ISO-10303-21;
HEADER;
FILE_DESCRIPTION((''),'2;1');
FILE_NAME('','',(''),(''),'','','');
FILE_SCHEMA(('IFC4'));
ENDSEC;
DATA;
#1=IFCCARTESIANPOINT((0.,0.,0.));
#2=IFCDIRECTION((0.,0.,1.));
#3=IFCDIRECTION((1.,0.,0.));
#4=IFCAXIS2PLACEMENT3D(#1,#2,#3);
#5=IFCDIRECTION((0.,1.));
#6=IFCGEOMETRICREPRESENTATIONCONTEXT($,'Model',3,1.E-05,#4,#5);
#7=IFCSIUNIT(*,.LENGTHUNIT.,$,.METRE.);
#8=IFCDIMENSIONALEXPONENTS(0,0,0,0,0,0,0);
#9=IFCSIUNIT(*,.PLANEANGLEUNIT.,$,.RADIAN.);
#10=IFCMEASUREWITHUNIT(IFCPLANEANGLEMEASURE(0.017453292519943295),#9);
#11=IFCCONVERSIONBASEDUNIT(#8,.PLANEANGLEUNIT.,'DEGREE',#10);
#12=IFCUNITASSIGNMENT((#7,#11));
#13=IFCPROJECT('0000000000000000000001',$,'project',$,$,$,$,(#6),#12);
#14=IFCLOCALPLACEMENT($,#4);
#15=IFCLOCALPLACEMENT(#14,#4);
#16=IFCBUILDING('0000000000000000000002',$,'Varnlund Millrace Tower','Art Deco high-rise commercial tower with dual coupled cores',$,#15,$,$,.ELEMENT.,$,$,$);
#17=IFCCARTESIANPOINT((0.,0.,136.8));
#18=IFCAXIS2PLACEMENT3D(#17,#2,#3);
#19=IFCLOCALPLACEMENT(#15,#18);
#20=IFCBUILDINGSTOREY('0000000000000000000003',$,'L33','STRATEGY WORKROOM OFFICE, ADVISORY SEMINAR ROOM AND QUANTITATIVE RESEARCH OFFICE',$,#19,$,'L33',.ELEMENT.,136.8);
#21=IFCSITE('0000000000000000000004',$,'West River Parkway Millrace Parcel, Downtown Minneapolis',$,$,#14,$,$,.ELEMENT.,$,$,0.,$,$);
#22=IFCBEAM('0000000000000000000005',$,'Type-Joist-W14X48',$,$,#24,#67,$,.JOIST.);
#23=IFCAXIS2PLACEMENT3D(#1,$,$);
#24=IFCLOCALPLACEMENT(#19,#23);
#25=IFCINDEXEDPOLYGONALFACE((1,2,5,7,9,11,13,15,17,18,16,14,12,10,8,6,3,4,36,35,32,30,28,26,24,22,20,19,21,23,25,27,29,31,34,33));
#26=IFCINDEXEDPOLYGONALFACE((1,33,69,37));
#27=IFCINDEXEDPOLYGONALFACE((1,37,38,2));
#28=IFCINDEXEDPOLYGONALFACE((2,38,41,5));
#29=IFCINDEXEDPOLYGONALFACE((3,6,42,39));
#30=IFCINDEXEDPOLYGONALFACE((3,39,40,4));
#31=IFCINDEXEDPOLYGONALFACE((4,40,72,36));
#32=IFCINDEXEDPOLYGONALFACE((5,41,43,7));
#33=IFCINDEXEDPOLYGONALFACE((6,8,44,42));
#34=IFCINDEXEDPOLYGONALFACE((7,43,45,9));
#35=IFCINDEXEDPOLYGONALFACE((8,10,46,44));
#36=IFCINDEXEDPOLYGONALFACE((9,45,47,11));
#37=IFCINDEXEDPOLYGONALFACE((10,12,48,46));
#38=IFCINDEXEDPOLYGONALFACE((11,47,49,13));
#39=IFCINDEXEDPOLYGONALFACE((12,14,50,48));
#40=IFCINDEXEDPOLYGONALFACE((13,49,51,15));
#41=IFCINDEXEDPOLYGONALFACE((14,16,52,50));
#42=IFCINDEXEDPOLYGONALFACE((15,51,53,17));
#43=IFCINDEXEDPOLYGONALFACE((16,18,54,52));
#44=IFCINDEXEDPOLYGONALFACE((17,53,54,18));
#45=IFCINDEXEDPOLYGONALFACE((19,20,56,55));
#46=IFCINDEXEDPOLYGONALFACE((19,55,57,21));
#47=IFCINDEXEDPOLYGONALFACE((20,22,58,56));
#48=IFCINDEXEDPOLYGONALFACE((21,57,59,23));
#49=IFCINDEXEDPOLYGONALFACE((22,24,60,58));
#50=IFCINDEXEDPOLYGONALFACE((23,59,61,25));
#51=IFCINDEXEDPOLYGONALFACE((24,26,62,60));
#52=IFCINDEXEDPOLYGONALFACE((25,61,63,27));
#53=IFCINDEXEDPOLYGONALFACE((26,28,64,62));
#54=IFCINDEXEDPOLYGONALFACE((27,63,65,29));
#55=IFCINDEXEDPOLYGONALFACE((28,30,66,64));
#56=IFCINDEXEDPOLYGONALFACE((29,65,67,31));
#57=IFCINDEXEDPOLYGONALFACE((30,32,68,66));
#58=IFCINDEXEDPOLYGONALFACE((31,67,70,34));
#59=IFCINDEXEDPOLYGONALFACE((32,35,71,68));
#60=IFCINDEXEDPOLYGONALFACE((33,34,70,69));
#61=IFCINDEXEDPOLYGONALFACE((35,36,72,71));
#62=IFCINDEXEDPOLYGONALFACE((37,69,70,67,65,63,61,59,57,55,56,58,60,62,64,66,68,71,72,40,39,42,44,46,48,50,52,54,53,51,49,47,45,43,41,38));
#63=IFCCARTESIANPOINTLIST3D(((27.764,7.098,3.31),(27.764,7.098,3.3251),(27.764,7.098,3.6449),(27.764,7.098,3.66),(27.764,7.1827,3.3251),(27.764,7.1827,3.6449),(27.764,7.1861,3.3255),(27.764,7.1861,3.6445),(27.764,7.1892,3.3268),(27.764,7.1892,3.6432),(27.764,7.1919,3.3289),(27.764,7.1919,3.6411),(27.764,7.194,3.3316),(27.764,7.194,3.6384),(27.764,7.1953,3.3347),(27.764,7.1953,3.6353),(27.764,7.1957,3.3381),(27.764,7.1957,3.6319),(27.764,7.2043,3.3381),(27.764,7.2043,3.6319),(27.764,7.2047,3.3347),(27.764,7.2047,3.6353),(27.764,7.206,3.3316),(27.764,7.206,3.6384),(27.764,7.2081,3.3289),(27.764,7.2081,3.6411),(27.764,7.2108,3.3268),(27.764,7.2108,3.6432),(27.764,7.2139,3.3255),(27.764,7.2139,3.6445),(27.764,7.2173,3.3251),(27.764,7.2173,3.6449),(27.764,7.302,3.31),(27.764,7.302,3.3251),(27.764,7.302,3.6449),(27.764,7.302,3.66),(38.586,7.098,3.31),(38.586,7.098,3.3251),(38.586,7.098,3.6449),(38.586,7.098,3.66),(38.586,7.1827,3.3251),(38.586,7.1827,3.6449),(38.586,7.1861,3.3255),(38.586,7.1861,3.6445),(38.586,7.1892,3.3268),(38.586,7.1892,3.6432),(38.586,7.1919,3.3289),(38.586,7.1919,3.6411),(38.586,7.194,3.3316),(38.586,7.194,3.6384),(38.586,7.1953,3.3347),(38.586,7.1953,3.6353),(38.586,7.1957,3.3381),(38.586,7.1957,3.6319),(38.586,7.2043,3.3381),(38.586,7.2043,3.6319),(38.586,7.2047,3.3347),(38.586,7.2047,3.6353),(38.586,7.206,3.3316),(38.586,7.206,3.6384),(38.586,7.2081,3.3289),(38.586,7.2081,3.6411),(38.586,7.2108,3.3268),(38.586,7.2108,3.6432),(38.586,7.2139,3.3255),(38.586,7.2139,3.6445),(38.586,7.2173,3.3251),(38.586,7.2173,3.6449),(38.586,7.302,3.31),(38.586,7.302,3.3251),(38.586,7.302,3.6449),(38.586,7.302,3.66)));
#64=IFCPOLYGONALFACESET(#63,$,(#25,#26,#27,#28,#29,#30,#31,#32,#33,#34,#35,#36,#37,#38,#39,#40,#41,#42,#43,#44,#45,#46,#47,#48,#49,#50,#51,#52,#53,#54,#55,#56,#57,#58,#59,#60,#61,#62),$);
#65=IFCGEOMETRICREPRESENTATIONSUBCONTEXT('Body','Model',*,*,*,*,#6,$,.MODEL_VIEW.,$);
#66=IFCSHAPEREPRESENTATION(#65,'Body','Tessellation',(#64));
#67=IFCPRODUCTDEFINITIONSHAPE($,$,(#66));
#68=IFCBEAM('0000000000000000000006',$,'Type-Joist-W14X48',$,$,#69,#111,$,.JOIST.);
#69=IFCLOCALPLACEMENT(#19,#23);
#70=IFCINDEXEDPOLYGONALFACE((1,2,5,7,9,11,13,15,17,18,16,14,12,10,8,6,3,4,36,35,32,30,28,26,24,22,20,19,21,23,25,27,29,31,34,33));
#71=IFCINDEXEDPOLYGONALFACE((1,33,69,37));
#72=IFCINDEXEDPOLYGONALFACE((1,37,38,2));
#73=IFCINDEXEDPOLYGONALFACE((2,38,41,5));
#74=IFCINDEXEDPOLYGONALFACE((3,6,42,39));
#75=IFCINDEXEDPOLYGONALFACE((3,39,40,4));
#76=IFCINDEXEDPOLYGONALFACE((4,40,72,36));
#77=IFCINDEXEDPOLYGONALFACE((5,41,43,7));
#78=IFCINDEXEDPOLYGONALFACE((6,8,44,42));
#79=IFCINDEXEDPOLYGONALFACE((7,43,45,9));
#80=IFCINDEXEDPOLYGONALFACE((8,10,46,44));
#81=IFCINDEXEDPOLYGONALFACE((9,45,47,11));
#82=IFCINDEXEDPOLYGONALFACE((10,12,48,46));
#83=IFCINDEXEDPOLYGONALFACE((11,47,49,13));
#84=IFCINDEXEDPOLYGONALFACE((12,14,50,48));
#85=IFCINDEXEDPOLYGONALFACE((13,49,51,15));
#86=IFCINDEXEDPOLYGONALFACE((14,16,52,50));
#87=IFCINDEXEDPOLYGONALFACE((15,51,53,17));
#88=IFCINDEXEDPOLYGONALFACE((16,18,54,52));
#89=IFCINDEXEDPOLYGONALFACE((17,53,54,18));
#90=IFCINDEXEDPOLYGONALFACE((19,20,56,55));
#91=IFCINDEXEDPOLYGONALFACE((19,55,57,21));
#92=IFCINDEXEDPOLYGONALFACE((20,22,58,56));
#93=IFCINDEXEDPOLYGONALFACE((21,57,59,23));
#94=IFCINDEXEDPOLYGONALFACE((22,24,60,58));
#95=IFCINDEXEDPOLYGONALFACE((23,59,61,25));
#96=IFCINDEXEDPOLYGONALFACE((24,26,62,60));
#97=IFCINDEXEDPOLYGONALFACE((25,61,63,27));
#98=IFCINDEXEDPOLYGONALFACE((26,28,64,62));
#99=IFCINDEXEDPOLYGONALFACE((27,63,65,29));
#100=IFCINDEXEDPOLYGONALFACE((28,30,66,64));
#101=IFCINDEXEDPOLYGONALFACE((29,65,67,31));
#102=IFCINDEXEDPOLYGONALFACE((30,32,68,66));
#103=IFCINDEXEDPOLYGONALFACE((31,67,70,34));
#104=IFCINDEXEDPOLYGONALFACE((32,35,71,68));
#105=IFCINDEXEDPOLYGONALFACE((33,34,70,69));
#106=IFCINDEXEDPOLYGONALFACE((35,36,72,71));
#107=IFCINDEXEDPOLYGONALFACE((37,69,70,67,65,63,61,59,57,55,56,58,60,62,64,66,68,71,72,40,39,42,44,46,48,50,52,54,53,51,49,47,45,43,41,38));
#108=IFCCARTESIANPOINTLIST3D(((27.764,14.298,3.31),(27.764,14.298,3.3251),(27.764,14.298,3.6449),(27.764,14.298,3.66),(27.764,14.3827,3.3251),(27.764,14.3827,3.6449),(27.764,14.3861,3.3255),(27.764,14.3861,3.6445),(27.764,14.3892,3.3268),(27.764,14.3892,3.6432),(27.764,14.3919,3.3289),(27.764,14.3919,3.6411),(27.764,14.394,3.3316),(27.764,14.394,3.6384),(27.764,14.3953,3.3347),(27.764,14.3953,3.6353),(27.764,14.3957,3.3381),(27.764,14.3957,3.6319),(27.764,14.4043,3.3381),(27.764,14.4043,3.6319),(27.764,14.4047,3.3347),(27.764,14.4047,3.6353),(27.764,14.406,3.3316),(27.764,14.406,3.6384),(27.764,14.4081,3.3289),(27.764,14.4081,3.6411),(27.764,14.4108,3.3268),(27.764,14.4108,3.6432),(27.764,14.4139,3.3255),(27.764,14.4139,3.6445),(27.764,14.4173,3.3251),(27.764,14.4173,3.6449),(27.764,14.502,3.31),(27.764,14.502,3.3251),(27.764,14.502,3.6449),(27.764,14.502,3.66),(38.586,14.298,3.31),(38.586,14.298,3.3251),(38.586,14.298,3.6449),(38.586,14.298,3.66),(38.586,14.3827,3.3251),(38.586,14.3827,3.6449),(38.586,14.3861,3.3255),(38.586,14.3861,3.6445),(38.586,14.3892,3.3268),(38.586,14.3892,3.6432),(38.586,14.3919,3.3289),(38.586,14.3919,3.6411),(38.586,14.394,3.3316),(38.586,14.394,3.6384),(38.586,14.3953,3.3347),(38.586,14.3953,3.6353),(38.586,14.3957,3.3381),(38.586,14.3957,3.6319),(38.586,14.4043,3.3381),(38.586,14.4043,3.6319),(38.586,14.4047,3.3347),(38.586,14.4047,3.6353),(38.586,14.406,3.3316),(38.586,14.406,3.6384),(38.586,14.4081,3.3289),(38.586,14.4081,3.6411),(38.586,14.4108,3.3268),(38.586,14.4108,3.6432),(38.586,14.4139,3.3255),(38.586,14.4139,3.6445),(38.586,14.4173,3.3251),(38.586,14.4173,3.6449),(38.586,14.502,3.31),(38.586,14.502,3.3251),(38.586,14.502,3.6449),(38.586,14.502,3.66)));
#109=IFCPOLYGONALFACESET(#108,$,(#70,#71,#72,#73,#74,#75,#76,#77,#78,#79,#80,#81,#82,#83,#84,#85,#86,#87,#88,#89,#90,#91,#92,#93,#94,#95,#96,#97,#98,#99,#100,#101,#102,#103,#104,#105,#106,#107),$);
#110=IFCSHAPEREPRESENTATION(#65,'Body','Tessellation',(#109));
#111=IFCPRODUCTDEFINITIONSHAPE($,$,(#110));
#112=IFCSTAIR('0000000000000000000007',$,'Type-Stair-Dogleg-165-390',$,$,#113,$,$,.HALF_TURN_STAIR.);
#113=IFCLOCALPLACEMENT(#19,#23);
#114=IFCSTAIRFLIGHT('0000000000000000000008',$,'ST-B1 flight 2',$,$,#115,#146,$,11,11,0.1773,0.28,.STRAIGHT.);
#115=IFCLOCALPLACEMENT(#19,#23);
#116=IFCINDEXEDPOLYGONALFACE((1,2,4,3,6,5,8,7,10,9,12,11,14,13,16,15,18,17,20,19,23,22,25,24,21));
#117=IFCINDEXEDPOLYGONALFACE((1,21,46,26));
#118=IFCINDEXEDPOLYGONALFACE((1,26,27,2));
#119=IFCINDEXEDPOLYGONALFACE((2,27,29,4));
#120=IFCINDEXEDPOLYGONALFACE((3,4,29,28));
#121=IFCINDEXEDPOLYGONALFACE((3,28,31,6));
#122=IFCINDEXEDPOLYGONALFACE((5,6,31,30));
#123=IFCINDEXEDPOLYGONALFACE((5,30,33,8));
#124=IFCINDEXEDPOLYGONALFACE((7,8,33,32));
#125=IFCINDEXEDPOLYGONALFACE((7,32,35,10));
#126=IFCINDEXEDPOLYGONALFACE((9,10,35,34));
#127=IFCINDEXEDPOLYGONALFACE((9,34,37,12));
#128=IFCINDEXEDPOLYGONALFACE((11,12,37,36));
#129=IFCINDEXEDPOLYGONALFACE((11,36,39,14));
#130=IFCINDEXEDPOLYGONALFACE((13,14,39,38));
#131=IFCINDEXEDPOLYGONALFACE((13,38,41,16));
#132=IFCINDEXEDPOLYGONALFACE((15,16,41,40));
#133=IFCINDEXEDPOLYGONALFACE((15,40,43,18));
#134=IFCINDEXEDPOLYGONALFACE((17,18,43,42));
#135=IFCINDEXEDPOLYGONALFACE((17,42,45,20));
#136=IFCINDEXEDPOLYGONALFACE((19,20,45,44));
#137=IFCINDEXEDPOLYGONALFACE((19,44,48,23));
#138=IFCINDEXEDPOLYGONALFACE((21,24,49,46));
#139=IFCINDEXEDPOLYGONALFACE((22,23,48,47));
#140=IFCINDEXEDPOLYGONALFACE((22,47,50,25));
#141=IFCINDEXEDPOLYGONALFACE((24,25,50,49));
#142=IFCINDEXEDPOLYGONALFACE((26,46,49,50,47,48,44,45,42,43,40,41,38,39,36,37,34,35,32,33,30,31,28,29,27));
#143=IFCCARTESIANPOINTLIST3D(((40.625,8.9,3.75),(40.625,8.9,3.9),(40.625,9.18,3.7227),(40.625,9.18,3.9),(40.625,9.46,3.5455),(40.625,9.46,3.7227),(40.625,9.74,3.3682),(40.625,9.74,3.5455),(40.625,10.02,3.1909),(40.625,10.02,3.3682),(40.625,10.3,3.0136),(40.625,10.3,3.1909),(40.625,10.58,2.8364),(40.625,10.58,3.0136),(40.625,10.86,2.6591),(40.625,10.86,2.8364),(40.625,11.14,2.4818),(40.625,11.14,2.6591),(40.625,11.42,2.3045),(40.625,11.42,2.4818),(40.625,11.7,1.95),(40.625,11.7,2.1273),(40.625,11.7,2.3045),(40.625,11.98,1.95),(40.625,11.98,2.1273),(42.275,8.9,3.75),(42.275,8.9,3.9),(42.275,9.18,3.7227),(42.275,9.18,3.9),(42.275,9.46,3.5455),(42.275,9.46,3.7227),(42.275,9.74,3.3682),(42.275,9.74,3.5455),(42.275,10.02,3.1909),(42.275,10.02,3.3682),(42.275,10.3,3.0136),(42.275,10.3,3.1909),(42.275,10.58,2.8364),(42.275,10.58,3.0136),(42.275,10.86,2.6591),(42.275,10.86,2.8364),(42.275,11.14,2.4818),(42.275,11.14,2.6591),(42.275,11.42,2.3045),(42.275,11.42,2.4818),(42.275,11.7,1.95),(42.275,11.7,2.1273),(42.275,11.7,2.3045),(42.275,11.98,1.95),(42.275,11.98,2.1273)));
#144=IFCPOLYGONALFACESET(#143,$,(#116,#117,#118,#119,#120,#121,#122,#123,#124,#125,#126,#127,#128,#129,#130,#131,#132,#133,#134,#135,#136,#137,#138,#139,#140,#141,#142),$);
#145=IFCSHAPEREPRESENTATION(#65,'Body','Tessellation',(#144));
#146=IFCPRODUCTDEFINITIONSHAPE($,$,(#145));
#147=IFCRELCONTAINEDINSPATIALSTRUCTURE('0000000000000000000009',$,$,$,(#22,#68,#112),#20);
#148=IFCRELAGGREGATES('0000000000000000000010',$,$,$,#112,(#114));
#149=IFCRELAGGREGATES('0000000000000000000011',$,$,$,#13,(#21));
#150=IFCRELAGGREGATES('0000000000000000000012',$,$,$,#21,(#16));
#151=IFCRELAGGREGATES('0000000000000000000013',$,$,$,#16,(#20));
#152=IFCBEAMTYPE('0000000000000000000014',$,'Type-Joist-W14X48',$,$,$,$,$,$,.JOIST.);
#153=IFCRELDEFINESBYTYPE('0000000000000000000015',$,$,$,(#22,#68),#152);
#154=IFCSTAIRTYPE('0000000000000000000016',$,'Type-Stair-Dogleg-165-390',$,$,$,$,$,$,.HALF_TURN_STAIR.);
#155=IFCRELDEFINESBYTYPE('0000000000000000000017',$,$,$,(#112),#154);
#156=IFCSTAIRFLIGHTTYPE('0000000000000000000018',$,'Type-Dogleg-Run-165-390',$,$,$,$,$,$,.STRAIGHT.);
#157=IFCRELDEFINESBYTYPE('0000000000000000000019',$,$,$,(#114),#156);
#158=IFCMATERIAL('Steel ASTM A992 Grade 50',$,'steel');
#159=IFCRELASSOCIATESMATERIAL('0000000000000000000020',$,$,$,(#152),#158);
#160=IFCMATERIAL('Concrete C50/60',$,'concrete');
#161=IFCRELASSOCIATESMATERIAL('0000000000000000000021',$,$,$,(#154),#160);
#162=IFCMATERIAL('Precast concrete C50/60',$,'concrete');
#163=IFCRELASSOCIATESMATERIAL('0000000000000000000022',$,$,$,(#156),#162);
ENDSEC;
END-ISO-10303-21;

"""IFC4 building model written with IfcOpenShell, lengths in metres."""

from ifc_helpers import new_model, entity, si_unit, converted_unit, direction, frame, origin_with_axes, origin_2d_with_axis, place, context, subcontext, project, spatial, polyline, i_section, outline, extrude, material, material_profile, profile_set, type_object, element, aggregate, save


model = new_model("IFC4")

# Units and contexts
model_context = context("Model", 3, precision=1e-05, world=origin_with_axes(), true_north=direction((0.0, 1.0)))
body_context = subcontext(model_context, "Body", "Model", "MODEL_VIEW")
ifc_project = project(units=[si_unit("LENGTHUNIT", "METRE"), converted_unit("PLANEANGLEUNIT", "DEGREE", entity("IfcPlaneAngleMeasure", 0.017453292519943295), si_unit("PLANEANGLEUNIT", "RADIAN"), dimensions=[0, 0, 0, 0, 0, 0, 0])], contexts=[model_context])

# Site, building, storey
site_placement = place(None, origin_with_axes())
site = spatial("IfcSite", under=ifc_project, at=site_placement, Name="West River Parkway Millrace Parcel, Downtown Minneapolis", CompositionType="ELEMENT", RefElevation=0.0)
building_placement = place(site_placement, origin_with_axes())
building = spatial("IfcBuilding", under=site, at=building_placement, Name="Varnlund Millrace Tower", Description="Art Deco high-rise commercial tower with dual coupled cores", CompositionType="ELEMENT")
storey_placement = place(building_placement, frame((0.0, 0.0, 136.8), z_axis=(0.0, 0.0, 1.0), x_axis=(1.0, 0.0, 0.0)))
storey = spatial("IfcBuildingStorey", under=building, at=storey_placement, Name="L33", Description="STRATEGY WORKROOM OFFICE, ADVISORY SEMINAR ROOM AND QUANTITATIVE RESEARCH OFFICE", LongName="L33", CompositionType="ELEMENT", Elevation=136.8)

# Beams
ifc_material_1 = material(Name="Steel ASTM A992 Grade 50", Category="steel")
ifc_material_profile_1 = material_profile(ifc_material_1, i_section(OverallWidth=0.204, OverallDepth=0.35, WebThickness=0.0086, FlangeThickness=0.0151, FilletRadius=0.013, at=origin_2d_with_axis()), Name="Steel ASTM A992 Grade 50")
ifc_profile_set_1 = profile_set([ifc_material_profile_1], Name="Steel ASTM A992 Grade 50")
beam_type_1 = type_object("IfcBeamType", Name="Type-Joist-W14X48", PredefinedType="JOIST", material=ifc_profile_set_1)
for number, where, z_axis, x_axis, name in (
    (1, (27.764, 7.2, 3.485), (1.0, 0.0, 0.0), (0.0, 1.0, 0.0), "Type-Joist-W14X48"),
    (2, (27.764, 14.4, 3.485), (1.0, 0.0, 0.0), (0.0, 1.0, 0.0), "Type-Joist-W14X48"),
):
    element("IfcBeam", number, at=place(storey_placement, frame(where, z_axis=z_axis, x_axis=x_axis)), inside=storey, type_object=beam_type_1, Name=name, PredefinedType="JOIST", context=body_context, shape_type="SweptSolid", body=[
        extrude(i_section(OverallWidth=0.204, OverallDepth=0.35, WebThickness=0.0086, FlangeThickness=0.0151, FilletRadius=0.013, at=origin_2d_with_axis()), origin_with_axes(), (0.0, 0.0, 1.0), 10.822),
    ])

# Stair, stair flight
ifc_material_2 = material(Name="Concrete C50/60", Category="concrete")
stair_type = type_object("IfcStairType", Name="Type-Stair-Dogleg-165-390", PredefinedType="HALF_TURN_STAIR", material=ifc_material_2)
stair_placement = place(storey_placement, origin_with_axes())
stair = element("IfcStair", 3, at=stair_placement, inside=storey, type_object=stair_type, Name="Type-Stair-Dogleg-165-390", PredefinedType="HALF_TURN_STAIR")
ifc_material_3 = material(Name="Precast concrete C50/60", Category="concrete")
stair_flight_type = type_object("IfcStairFlightType", Name="Type-Dogleg-Run-165-390", PredefinedType="STRAIGHT", material=ifc_material_3)
stair_flight_placement = place(storey_placement, frame((42.275, 11.98, 1.95), z_axis=(-1.0, 0.0, 0.0), x_axis=(0.0, -1.0, 0.0)))
stair_flight = element("IfcStairFlight", 4, at=stair_flight_placement, type_object=stair_flight_type, Name="ST-B1 flight 2", NumberOfRisers=11, NumberOfTreads=11, PredefinedType="STRAIGHT", RiserHeight=0.1773, TreadLength=0.28, context=body_context, shape_type="SweptSolid", body=[
    extrude(outline(polyline([(0.0, 0.0), (0.0, 0.1773), (0.28, 0.1773), (0.28, 0.3545), (0.56, 0.3545), (0.56, 0.5318), (0.84, 0.5318), (0.84, 0.7091), (1.12, 0.7091), (1.12, 0.8864), (1.4, 0.8864), (1.4, 1.0636), (1.68, 1.0636), (1.68, 1.2409), (1.96, 1.2409), (1.96, 1.4182), (2.24, 1.4182), (2.24, 1.5955), (2.52, 1.5955), (2.52, 1.7727), (2.8, 1.7727), (2.8, 1.95), (3.08, 1.95), (3.08, 1.8), (0.28, 0.0), (0.0, 0.0)])), origin_with_axes(), (0.0, 0.0, 1.0), 1.65),
])
aggregate(stair, [stair_flight])

save(model, "model.ifc")
